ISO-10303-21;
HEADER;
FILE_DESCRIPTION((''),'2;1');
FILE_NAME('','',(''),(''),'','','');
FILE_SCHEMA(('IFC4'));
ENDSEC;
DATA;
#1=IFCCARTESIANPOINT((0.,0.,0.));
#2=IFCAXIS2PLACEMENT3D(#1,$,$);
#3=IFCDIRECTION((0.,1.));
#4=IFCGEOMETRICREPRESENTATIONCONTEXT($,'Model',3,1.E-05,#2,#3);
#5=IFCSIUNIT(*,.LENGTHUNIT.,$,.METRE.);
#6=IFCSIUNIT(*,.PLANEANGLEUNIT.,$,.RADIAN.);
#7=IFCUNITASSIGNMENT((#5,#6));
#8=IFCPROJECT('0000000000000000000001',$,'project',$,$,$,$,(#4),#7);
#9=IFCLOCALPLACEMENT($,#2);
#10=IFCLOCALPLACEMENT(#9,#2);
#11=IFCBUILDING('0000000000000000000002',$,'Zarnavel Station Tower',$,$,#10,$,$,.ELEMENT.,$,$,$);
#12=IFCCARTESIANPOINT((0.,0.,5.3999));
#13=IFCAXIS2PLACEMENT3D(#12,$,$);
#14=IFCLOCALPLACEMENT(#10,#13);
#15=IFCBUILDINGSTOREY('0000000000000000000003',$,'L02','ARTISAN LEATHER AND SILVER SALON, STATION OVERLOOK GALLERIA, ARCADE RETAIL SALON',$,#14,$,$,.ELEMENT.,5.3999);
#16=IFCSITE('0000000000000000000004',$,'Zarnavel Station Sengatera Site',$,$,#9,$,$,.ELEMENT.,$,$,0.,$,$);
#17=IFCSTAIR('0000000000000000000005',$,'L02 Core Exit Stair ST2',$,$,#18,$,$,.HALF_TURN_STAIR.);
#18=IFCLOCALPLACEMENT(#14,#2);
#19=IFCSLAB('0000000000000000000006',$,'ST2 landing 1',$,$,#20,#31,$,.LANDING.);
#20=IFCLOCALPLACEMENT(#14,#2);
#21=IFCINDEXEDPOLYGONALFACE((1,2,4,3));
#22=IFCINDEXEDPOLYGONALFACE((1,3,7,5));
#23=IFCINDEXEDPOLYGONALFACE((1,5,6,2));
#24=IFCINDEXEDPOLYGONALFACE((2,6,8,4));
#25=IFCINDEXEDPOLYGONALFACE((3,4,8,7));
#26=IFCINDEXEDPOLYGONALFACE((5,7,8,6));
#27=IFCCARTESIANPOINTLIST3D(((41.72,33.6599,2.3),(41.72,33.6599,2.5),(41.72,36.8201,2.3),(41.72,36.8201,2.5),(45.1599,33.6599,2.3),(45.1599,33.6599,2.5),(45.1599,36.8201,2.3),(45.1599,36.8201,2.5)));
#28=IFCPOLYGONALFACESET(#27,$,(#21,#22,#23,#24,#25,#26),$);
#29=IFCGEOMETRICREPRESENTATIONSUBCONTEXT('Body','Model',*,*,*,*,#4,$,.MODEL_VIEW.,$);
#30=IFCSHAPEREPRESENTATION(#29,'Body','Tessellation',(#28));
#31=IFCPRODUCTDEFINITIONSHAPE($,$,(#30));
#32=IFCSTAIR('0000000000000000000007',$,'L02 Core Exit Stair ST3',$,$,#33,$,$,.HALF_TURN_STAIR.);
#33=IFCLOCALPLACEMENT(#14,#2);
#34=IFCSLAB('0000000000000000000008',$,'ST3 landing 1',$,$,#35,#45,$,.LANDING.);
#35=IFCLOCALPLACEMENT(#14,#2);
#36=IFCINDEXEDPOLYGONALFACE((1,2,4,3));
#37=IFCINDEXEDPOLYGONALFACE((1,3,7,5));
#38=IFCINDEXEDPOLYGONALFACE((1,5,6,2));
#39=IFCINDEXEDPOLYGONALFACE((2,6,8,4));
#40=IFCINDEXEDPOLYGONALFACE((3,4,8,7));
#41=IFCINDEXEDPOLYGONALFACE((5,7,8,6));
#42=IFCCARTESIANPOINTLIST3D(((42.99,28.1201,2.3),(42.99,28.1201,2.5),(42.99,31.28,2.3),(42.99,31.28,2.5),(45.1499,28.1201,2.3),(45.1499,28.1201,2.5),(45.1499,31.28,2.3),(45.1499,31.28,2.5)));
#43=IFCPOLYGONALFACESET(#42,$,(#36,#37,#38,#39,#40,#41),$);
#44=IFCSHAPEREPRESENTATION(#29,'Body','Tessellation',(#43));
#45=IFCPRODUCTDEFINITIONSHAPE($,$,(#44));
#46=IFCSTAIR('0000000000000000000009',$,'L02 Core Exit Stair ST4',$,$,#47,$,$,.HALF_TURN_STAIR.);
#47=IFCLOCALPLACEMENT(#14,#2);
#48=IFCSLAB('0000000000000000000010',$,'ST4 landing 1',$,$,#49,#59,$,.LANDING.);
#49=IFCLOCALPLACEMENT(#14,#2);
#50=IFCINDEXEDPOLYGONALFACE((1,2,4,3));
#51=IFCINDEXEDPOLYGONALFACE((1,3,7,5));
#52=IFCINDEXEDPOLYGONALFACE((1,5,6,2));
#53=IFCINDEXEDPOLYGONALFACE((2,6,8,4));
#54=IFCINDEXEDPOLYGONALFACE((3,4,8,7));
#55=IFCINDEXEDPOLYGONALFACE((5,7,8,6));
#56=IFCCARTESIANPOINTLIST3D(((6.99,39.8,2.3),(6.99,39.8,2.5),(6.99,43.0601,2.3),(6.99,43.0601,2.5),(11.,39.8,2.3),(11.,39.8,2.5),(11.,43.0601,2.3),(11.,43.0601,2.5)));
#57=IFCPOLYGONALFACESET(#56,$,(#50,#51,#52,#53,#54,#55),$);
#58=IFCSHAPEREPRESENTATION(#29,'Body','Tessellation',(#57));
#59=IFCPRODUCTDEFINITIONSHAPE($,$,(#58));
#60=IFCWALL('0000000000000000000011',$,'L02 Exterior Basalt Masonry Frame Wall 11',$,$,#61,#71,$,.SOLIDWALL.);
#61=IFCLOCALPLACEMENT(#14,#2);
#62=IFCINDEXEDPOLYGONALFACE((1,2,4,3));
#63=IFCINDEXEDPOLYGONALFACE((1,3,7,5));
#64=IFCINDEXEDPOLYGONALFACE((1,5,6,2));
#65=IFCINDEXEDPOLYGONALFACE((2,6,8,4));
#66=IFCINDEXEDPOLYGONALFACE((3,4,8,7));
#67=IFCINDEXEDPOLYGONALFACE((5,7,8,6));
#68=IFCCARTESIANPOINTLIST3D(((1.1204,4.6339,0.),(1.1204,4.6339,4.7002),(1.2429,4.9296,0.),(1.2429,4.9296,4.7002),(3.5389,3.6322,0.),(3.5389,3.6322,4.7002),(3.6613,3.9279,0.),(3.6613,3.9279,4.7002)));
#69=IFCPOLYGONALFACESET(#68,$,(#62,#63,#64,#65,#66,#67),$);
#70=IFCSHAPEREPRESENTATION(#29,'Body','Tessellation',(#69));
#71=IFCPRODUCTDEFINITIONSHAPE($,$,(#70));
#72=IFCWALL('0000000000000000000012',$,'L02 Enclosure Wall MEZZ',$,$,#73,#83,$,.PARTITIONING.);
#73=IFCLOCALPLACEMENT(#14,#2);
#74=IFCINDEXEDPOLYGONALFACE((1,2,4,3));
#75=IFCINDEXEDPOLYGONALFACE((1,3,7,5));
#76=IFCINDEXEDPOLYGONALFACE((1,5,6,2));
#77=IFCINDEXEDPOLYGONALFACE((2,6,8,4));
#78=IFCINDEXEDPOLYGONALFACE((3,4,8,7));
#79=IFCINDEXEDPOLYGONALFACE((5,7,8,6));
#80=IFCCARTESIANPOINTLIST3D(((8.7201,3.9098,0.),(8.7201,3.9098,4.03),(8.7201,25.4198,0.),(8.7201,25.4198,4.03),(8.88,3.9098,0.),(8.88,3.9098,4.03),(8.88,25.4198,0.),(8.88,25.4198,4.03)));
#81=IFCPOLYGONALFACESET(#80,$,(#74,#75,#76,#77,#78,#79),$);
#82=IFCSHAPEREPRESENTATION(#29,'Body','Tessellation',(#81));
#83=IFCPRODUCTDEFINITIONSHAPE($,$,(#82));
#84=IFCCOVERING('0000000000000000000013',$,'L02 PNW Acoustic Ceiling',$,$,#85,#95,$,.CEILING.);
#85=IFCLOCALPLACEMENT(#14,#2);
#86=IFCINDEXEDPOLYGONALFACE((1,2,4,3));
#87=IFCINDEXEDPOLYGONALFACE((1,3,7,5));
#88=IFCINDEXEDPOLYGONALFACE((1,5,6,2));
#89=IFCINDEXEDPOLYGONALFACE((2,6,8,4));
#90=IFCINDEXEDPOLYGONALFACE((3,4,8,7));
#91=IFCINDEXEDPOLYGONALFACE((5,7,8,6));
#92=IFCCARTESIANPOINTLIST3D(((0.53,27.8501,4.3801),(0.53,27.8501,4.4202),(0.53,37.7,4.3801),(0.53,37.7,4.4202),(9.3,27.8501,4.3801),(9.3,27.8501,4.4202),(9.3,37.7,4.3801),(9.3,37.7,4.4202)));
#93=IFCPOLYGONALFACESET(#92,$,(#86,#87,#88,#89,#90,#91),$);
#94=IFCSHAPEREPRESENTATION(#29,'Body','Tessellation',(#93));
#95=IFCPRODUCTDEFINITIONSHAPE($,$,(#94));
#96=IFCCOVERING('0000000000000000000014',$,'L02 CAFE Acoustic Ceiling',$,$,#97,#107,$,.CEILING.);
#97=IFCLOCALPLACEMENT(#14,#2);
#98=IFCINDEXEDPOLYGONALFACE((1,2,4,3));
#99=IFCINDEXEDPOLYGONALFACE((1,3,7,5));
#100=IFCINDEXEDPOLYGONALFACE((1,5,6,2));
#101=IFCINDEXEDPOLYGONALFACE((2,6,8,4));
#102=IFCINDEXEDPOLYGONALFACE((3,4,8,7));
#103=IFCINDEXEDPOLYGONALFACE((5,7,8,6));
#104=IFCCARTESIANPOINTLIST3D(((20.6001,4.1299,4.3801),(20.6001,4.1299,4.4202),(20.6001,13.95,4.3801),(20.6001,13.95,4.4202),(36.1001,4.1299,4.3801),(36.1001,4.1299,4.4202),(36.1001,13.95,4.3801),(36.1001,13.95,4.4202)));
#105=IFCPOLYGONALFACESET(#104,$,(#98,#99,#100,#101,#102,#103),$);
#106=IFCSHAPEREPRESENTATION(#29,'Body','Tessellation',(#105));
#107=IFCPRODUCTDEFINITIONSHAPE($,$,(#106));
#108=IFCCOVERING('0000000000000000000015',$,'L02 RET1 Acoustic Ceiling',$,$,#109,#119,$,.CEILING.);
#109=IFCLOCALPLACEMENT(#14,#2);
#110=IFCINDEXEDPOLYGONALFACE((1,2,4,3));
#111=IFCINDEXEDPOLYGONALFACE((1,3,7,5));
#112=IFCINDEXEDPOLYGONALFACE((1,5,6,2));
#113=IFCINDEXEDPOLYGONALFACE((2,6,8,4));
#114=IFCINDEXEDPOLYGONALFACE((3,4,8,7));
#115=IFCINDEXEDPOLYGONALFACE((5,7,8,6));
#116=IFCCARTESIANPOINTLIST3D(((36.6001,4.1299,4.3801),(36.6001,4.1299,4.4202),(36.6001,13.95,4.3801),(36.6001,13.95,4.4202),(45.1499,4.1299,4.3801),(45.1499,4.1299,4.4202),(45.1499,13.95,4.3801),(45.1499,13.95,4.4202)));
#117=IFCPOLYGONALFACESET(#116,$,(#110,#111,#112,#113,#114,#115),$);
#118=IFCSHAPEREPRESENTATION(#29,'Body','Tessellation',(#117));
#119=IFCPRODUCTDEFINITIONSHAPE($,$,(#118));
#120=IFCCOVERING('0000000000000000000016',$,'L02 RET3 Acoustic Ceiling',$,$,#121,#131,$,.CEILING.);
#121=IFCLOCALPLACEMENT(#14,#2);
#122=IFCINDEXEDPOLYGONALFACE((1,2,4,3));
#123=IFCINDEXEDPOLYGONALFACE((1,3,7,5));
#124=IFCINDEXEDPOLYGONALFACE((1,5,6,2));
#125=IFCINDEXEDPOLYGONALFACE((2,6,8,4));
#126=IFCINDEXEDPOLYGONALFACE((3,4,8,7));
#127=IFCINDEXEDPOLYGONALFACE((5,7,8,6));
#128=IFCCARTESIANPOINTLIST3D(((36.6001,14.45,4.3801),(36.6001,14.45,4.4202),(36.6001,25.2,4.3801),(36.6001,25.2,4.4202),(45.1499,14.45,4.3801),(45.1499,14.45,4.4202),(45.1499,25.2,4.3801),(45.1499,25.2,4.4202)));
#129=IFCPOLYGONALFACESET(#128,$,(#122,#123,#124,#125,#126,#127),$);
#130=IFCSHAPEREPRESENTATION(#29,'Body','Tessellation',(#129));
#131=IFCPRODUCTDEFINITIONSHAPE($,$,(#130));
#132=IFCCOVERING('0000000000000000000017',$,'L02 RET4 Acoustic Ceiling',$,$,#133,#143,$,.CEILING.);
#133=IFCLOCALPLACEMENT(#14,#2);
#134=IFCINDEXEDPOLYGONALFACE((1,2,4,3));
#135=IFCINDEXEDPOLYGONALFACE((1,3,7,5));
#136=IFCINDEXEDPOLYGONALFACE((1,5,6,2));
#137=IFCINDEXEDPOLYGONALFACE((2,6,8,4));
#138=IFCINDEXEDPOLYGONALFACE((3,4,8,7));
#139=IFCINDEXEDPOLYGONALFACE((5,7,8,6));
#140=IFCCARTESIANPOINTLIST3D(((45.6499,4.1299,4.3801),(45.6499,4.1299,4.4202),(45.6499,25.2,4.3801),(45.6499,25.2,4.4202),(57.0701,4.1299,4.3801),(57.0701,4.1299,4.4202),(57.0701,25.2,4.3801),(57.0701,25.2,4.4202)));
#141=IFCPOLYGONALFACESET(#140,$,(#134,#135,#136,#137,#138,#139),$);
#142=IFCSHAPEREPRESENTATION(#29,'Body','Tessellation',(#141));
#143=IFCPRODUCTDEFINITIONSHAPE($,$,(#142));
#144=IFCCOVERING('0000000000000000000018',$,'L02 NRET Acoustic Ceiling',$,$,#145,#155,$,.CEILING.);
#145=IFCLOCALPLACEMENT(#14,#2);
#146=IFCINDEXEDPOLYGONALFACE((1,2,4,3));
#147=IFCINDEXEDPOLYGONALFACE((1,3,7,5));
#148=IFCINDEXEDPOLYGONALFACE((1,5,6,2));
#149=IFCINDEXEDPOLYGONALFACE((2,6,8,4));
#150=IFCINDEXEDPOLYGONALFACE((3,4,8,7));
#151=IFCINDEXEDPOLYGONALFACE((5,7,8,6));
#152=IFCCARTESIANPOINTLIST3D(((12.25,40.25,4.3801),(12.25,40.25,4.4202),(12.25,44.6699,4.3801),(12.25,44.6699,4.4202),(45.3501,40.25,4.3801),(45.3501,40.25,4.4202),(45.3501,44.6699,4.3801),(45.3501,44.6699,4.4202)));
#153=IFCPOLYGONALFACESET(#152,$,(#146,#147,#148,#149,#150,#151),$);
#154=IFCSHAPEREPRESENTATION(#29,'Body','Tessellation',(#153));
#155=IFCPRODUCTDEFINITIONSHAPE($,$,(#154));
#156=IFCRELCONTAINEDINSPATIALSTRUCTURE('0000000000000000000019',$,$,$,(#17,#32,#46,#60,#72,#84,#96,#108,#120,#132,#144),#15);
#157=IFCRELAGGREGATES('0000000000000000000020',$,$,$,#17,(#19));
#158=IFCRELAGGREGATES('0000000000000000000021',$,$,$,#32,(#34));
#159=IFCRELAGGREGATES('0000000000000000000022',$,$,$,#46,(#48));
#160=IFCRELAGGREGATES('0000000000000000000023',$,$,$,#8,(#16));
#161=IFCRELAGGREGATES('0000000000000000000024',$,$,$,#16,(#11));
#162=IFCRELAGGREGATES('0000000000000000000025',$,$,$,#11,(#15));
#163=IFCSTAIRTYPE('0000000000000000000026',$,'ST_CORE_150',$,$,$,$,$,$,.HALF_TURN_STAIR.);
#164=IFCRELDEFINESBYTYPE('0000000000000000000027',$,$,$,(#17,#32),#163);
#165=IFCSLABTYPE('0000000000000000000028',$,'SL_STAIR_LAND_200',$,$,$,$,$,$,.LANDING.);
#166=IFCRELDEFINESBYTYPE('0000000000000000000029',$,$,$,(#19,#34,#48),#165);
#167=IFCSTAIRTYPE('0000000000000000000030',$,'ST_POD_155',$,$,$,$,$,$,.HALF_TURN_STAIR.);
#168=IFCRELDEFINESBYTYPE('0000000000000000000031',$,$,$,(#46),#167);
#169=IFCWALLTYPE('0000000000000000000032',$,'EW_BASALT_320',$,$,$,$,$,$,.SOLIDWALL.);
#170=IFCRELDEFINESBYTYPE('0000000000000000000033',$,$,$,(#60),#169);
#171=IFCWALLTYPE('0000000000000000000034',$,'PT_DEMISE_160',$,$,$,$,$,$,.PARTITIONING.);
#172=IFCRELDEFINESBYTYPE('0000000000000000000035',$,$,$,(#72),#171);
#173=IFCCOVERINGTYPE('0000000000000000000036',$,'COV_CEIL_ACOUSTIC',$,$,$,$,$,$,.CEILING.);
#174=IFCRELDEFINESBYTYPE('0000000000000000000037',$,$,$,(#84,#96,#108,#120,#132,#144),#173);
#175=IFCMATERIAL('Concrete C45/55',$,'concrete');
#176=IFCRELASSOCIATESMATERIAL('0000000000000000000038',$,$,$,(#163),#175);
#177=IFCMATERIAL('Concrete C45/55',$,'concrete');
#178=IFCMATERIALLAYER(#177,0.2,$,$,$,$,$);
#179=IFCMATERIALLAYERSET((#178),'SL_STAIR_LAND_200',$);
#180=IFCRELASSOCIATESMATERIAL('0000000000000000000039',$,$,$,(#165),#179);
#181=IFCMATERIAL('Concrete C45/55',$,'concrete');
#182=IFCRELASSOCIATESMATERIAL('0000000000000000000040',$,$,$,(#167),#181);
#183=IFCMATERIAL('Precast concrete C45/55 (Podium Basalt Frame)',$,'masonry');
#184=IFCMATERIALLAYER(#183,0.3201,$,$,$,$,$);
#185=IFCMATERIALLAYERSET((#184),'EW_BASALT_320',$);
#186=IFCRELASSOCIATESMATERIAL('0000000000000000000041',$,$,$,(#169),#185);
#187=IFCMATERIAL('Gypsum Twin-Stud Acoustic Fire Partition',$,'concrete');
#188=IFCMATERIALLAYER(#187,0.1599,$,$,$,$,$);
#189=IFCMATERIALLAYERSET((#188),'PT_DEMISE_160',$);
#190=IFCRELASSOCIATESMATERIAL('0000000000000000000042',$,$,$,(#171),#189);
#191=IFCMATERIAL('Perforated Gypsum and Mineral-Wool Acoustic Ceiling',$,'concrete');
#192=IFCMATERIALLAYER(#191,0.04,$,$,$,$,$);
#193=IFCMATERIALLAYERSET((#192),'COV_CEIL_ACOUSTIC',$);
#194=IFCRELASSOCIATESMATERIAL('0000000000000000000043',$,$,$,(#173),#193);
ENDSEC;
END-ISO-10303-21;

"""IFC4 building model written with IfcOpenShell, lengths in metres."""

from ifc_helpers import new_model, si_unit, direction, frame, frame_2d, origin, place, context, subcontext, project, spatial, polyline, rectangle, outline, extrude, material, layer, layer_set, type_object, element, aggregate, save


model = new_model("IFC4")

# Units and contexts
model_context = context("Model", 3, precision=1e-05, world=origin(), true_north=direction((0.0, 1.0)))
body_context = subcontext(model_context, "Body", "Model", "MODEL_VIEW")
ifc_project = project(units=[si_unit("LENGTHUNIT", "METRE"), si_unit("PLANEANGLEUNIT", "RADIAN")], contexts=[model_context])

# Site, building, storey
site_placement = place(None, origin())
site = spatial("IfcSite", under=ifc_project, at=site_placement, Name="Zarnavel Station Sengatera Site", CompositionType="ELEMENT", RefElevation=0.0)
building_placement = place(site_placement, origin())
building = spatial("IfcBuilding", under=site, at=building_placement, Name="Zarnavel Station Tower", CompositionType="ELEMENT")
storey_placement = place(building_placement, frame((0.0, 0.0, 5.3999)))
storey = spatial("IfcBuildingStorey", under=building, at=storey_placement, Name="L02", Description="ARTISAN LEATHER AND SILVER SALON, STATION OVERLOOK GALLERIA, ARCADE RETAIL SALON", CompositionType="ELEMENT", Elevation=5.3999)

# Stairs, slabs
ifc_material_1 = material(Name="Concrete C45/55", Category="concrete")
stair_type_1 = type_object("IfcStairType", Name="ST_CORE_150", PredefinedType="HALF_TURN_STAIR", material=ifc_material_1)
ifc_material_2 = material(Name="Concrete C45/55", Category="concrete")
ifc_layer_1 = layer(ifc_material_2, 0.2)
ifc_layer_set_1 = layer_set([ifc_layer_1], Name="SL_STAIR_LAND_200")
slab_type_1 = type_object("IfcSlabType", Name="SL_STAIR_LAND_200", PredefinedType="LANDING", material=ifc_layer_set_1)
stair_1_placement = place(storey_placement, origin())
stair_1 = element("IfcStair", 1, at=stair_1_placement, inside=storey, type_object=stair_type_1, Name="L02 Core Exit Stair ST2", PredefinedType="HALF_TURN_STAIR")
slab_1_placement = place(storey_placement, frame((0.0, 0.0, 2.3)))
slab_1 = element("IfcSlab", 2, at=slab_1_placement, type_object=slab_type_1, Name="ST2 landing 1", PredefinedType="LANDING", context=body_context, shape_type="SweptSolid", body=[
    extrude(outline(polyline([(41.72, 33.6599), (45.1599, 33.6599), (45.1599, 36.8201), (41.72, 36.8201), (41.72, 33.6599)])), origin(), (0.0, 0.0, 1.0), 0.2),
])
aggregate(stair_1, [slab_1])
stair_2_placement = place(storey_placement, origin())
stair_2 = element("IfcStair", 3, at=stair_2_placement, inside=storey, type_object=stair_type_1, Name="L02 Core Exit Stair ST3", PredefinedType="HALF_TURN_STAIR")
slab_2_placement = place(storey_placement, frame((0.0, 0.0, 2.3)))
slab_2 = element("IfcSlab", 4, at=slab_2_placement, type_object=slab_type_1, Name="ST3 landing 1", PredefinedType="LANDING", context=body_context, shape_type="SweptSolid", body=[
    extrude(outline(polyline([(42.99, 28.1201), (45.1499, 28.1201), (45.1499, 31.28), (42.99, 31.28), (42.99, 28.1201)])), origin(), (0.0, 0.0, 1.0), 0.2),
])
aggregate(stair_2, [slab_2])
ifc_material_3 = material(Name="Concrete C45/55", Category="concrete")
stair_type_2 = type_object("IfcStairType", Name="ST_POD_155", PredefinedType="HALF_TURN_STAIR", material=ifc_material_3)
stair_3_placement = place(storey_placement, origin())
stair_3 = element("IfcStair", 5, at=stair_3_placement, inside=storey, type_object=stair_type_2, Name="L02 Core Exit Stair ST4", PredefinedType="HALF_TURN_STAIR")
slab_3_placement = place(storey_placement, frame((0.0, 0.0, 2.3)))
slab_3 = element("IfcSlab", 6, at=slab_3_placement, type_object=slab_type_1, Name="ST4 landing 1", PredefinedType="LANDING", context=body_context, shape_type="SweptSolid", body=[
    extrude(outline(polyline([(6.99, 39.8), (11.0, 39.8), (11.0, 43.0601), (6.99, 43.0601), (6.99, 39.8)])), origin(), (0.0, 0.0, 1.0), 0.2),
])
aggregate(stair_3, [slab_3])

# Walls
ifc_material_4 = material(Name="Precast concrete C45/55 (Podium Basalt Frame)", Category="masonry")
ifc_layer_2 = layer(ifc_material_4, 0.3201)
ifc_layer_set_2 = layer_set([ifc_layer_2], Name="EW_BASALT_320")
wall_type_1 = type_object("IfcWallType", Name="EW_BASALT_320", PredefinedType="SOLIDWALL", material=ifc_layer_set_2)
wall_1_placement = place(storey_placement, frame((3.6001, 3.78, 0.0), z_axis=(0.0, 0.0, 1.0), x_axis=(-0.923886, 0.382668, 0.0)))
element("IfcWall", 7, at=wall_1_placement, inside=storey, type_object=wall_type_1, Name="L02 Exterior Basalt Masonry Frame Wall 11", PredefinedType="SOLIDWALL", context=body_context, shape_type="SweptSolid", body=[
    extrude(rectangle(XDim=2.6177, YDim=0.3201, at=frame_2d((1.3088, 0.0))), origin(), (0.0, 0.0, 1.0), 4.7002),
])
ifc_material_5 = material(Name="Gypsum Twin-Stud Acoustic Fire Partition", Category="concrete")
ifc_layer_3 = layer(ifc_material_5, 0.1599)
ifc_layer_set_3 = layer_set([ifc_layer_3], Name="PT_DEMISE_160")
wall_type_2 = type_object("IfcWallType", Name="PT_DEMISE_160", PredefinedType="PARTITIONING", material=ifc_layer_set_3)
wall_2_placement = place(storey_placement, frame((8.8, 3.9099, 0.0), z_axis=(0.0, 0.0, 1.0), x_axis=(0.0, 1.0, 0.0)))
element("IfcWall", 8, at=wall_2_placement, inside=storey, type_object=wall_type_2, Name="L02 Enclosure Wall MEZZ", PredefinedType="PARTITIONING", context=body_context, shape_type="SweptSolid", body=[
    extrude(rectangle(XDim=21.51, YDim=0.1599, at=frame_2d((10.7549, 0.0))), origin(), (0.0, 0.0, 1.0), 4.03),
])

# Coverings
ifc_material_6 = material(Name="Perforated Gypsum and Mineral-Wool Acoustic Ceiling", Category="concrete")
ifc_layer_4 = layer(ifc_material_6, 0.04)
ifc_layer_set_4 = layer_set([ifc_layer_4], Name="COV_CEIL_ACOUSTIC")
covering_type_1 = type_object("IfcCoveringType", Name="COV_CEIL_ACOUSTIC", PredefinedType="CEILING", material=ifc_layer_set_4)
covering_1_placement = place(storey_placement, frame((0.0, 0.0, 4.3801)))
element("IfcCovering", 9, at=covering_1_placement, inside=storey, type_object=covering_type_1, Name="L02 PNW Acoustic Ceiling", PredefinedType="CEILING", context=body_context, shape_type="SweptSolid", body=[
    extrude(outline(polyline([(0.53, 27.8501), (9.3, 27.8501), (9.3, 37.7), (0.53, 37.7), (0.53, 27.8501)])), origin(), (0.0, 0.0, 1.0), 0.04),
])
covering_2_placement = place(storey_placement, frame((0.0, 0.0, 4.3801)))
element("IfcCovering", 10, at=covering_2_placement, inside=storey, type_object=covering_type_1, Name="L02 CAFE Acoustic Ceiling", PredefinedType="CEILING", context=body_context, shape_type="SweptSolid", body=[
    extrude(outline(polyline([(20.6001, 4.1299), (36.1001, 4.1299), (36.1001, 13.95), (20.6001, 13.95), (20.6001, 4.1299)])), origin(), (0.0, 0.0, 1.0), 0.04),
])
covering_3_placement = place(storey_placement, frame((0.0, 0.0, 4.3801)))
element("IfcCovering", 11, at=covering_3_placement, inside=storey, type_object=covering_type_1, Name="L02 RET1 Acoustic Ceiling", PredefinedType="CEILING", context=body_context, shape_type="SweptSolid", body=[
    extrude(outline(polyline([(36.6001, 4.1299), (45.1499, 4.1299), (45.1499, 13.95), (36.6001, 13.95), (36.6001, 4.1299)])), origin(), (0.0, 0.0, 1.0), 0.04),
])
covering_4_placement = place(storey_placement, frame((0.0, 0.0, 4.3801)))
element("IfcCovering", 12, at=covering_4_placement, inside=storey, type_object=covering_type_1, Name="L02 RET3 Acoustic Ceiling", PredefinedType="CEILING", context=body_context, shape_type="SweptSolid", body=[
    extrude(outline(polyline([(36.6001, 14.45), (45.1499, 14.45), (45.1499, 25.2), (36.6001, 25.2), (36.6001, 14.45)])), origin(), (0.0, 0.0, 1.0), 0.04),
])
covering_5_placement = place(storey_placement, frame((0.0, 0.0, 4.3801)))
element("IfcCovering", 13, at=covering_5_placement, inside=storey, type_object=covering_type_1, Name="L02 RET4 Acoustic Ceiling", PredefinedType="CEILING", context=body_context, shape_type="SweptSolid", body=[
    extrude(outline(polyline([(45.6499, 4.1299), (57.0701, 4.1299), (57.0701, 25.2), (45.6499, 25.2), (45.6499, 4.1299)])), origin(), (0.0, 0.0, 1.0), 0.04),
])
covering_6_placement = place(storey_placement, frame((0.0, 0.0, 4.3801)))
element("IfcCovering", 14, at=covering_6_placement, inside=storey, type_object=covering_type_1, Name="L02 NRET Acoustic Ceiling", PredefinedType="CEILING", context=body_context, shape_type="SweptSolid", body=[
    extrude(outline(polyline([(12.25, 40.25), (45.3501, 40.25), (45.3501, 44.6699), (12.25, 44.6699), (12.25, 40.25)])), origin(), (0.0, 0.0, 1.0), 0.04),
])

save(model, "model.ifc")
